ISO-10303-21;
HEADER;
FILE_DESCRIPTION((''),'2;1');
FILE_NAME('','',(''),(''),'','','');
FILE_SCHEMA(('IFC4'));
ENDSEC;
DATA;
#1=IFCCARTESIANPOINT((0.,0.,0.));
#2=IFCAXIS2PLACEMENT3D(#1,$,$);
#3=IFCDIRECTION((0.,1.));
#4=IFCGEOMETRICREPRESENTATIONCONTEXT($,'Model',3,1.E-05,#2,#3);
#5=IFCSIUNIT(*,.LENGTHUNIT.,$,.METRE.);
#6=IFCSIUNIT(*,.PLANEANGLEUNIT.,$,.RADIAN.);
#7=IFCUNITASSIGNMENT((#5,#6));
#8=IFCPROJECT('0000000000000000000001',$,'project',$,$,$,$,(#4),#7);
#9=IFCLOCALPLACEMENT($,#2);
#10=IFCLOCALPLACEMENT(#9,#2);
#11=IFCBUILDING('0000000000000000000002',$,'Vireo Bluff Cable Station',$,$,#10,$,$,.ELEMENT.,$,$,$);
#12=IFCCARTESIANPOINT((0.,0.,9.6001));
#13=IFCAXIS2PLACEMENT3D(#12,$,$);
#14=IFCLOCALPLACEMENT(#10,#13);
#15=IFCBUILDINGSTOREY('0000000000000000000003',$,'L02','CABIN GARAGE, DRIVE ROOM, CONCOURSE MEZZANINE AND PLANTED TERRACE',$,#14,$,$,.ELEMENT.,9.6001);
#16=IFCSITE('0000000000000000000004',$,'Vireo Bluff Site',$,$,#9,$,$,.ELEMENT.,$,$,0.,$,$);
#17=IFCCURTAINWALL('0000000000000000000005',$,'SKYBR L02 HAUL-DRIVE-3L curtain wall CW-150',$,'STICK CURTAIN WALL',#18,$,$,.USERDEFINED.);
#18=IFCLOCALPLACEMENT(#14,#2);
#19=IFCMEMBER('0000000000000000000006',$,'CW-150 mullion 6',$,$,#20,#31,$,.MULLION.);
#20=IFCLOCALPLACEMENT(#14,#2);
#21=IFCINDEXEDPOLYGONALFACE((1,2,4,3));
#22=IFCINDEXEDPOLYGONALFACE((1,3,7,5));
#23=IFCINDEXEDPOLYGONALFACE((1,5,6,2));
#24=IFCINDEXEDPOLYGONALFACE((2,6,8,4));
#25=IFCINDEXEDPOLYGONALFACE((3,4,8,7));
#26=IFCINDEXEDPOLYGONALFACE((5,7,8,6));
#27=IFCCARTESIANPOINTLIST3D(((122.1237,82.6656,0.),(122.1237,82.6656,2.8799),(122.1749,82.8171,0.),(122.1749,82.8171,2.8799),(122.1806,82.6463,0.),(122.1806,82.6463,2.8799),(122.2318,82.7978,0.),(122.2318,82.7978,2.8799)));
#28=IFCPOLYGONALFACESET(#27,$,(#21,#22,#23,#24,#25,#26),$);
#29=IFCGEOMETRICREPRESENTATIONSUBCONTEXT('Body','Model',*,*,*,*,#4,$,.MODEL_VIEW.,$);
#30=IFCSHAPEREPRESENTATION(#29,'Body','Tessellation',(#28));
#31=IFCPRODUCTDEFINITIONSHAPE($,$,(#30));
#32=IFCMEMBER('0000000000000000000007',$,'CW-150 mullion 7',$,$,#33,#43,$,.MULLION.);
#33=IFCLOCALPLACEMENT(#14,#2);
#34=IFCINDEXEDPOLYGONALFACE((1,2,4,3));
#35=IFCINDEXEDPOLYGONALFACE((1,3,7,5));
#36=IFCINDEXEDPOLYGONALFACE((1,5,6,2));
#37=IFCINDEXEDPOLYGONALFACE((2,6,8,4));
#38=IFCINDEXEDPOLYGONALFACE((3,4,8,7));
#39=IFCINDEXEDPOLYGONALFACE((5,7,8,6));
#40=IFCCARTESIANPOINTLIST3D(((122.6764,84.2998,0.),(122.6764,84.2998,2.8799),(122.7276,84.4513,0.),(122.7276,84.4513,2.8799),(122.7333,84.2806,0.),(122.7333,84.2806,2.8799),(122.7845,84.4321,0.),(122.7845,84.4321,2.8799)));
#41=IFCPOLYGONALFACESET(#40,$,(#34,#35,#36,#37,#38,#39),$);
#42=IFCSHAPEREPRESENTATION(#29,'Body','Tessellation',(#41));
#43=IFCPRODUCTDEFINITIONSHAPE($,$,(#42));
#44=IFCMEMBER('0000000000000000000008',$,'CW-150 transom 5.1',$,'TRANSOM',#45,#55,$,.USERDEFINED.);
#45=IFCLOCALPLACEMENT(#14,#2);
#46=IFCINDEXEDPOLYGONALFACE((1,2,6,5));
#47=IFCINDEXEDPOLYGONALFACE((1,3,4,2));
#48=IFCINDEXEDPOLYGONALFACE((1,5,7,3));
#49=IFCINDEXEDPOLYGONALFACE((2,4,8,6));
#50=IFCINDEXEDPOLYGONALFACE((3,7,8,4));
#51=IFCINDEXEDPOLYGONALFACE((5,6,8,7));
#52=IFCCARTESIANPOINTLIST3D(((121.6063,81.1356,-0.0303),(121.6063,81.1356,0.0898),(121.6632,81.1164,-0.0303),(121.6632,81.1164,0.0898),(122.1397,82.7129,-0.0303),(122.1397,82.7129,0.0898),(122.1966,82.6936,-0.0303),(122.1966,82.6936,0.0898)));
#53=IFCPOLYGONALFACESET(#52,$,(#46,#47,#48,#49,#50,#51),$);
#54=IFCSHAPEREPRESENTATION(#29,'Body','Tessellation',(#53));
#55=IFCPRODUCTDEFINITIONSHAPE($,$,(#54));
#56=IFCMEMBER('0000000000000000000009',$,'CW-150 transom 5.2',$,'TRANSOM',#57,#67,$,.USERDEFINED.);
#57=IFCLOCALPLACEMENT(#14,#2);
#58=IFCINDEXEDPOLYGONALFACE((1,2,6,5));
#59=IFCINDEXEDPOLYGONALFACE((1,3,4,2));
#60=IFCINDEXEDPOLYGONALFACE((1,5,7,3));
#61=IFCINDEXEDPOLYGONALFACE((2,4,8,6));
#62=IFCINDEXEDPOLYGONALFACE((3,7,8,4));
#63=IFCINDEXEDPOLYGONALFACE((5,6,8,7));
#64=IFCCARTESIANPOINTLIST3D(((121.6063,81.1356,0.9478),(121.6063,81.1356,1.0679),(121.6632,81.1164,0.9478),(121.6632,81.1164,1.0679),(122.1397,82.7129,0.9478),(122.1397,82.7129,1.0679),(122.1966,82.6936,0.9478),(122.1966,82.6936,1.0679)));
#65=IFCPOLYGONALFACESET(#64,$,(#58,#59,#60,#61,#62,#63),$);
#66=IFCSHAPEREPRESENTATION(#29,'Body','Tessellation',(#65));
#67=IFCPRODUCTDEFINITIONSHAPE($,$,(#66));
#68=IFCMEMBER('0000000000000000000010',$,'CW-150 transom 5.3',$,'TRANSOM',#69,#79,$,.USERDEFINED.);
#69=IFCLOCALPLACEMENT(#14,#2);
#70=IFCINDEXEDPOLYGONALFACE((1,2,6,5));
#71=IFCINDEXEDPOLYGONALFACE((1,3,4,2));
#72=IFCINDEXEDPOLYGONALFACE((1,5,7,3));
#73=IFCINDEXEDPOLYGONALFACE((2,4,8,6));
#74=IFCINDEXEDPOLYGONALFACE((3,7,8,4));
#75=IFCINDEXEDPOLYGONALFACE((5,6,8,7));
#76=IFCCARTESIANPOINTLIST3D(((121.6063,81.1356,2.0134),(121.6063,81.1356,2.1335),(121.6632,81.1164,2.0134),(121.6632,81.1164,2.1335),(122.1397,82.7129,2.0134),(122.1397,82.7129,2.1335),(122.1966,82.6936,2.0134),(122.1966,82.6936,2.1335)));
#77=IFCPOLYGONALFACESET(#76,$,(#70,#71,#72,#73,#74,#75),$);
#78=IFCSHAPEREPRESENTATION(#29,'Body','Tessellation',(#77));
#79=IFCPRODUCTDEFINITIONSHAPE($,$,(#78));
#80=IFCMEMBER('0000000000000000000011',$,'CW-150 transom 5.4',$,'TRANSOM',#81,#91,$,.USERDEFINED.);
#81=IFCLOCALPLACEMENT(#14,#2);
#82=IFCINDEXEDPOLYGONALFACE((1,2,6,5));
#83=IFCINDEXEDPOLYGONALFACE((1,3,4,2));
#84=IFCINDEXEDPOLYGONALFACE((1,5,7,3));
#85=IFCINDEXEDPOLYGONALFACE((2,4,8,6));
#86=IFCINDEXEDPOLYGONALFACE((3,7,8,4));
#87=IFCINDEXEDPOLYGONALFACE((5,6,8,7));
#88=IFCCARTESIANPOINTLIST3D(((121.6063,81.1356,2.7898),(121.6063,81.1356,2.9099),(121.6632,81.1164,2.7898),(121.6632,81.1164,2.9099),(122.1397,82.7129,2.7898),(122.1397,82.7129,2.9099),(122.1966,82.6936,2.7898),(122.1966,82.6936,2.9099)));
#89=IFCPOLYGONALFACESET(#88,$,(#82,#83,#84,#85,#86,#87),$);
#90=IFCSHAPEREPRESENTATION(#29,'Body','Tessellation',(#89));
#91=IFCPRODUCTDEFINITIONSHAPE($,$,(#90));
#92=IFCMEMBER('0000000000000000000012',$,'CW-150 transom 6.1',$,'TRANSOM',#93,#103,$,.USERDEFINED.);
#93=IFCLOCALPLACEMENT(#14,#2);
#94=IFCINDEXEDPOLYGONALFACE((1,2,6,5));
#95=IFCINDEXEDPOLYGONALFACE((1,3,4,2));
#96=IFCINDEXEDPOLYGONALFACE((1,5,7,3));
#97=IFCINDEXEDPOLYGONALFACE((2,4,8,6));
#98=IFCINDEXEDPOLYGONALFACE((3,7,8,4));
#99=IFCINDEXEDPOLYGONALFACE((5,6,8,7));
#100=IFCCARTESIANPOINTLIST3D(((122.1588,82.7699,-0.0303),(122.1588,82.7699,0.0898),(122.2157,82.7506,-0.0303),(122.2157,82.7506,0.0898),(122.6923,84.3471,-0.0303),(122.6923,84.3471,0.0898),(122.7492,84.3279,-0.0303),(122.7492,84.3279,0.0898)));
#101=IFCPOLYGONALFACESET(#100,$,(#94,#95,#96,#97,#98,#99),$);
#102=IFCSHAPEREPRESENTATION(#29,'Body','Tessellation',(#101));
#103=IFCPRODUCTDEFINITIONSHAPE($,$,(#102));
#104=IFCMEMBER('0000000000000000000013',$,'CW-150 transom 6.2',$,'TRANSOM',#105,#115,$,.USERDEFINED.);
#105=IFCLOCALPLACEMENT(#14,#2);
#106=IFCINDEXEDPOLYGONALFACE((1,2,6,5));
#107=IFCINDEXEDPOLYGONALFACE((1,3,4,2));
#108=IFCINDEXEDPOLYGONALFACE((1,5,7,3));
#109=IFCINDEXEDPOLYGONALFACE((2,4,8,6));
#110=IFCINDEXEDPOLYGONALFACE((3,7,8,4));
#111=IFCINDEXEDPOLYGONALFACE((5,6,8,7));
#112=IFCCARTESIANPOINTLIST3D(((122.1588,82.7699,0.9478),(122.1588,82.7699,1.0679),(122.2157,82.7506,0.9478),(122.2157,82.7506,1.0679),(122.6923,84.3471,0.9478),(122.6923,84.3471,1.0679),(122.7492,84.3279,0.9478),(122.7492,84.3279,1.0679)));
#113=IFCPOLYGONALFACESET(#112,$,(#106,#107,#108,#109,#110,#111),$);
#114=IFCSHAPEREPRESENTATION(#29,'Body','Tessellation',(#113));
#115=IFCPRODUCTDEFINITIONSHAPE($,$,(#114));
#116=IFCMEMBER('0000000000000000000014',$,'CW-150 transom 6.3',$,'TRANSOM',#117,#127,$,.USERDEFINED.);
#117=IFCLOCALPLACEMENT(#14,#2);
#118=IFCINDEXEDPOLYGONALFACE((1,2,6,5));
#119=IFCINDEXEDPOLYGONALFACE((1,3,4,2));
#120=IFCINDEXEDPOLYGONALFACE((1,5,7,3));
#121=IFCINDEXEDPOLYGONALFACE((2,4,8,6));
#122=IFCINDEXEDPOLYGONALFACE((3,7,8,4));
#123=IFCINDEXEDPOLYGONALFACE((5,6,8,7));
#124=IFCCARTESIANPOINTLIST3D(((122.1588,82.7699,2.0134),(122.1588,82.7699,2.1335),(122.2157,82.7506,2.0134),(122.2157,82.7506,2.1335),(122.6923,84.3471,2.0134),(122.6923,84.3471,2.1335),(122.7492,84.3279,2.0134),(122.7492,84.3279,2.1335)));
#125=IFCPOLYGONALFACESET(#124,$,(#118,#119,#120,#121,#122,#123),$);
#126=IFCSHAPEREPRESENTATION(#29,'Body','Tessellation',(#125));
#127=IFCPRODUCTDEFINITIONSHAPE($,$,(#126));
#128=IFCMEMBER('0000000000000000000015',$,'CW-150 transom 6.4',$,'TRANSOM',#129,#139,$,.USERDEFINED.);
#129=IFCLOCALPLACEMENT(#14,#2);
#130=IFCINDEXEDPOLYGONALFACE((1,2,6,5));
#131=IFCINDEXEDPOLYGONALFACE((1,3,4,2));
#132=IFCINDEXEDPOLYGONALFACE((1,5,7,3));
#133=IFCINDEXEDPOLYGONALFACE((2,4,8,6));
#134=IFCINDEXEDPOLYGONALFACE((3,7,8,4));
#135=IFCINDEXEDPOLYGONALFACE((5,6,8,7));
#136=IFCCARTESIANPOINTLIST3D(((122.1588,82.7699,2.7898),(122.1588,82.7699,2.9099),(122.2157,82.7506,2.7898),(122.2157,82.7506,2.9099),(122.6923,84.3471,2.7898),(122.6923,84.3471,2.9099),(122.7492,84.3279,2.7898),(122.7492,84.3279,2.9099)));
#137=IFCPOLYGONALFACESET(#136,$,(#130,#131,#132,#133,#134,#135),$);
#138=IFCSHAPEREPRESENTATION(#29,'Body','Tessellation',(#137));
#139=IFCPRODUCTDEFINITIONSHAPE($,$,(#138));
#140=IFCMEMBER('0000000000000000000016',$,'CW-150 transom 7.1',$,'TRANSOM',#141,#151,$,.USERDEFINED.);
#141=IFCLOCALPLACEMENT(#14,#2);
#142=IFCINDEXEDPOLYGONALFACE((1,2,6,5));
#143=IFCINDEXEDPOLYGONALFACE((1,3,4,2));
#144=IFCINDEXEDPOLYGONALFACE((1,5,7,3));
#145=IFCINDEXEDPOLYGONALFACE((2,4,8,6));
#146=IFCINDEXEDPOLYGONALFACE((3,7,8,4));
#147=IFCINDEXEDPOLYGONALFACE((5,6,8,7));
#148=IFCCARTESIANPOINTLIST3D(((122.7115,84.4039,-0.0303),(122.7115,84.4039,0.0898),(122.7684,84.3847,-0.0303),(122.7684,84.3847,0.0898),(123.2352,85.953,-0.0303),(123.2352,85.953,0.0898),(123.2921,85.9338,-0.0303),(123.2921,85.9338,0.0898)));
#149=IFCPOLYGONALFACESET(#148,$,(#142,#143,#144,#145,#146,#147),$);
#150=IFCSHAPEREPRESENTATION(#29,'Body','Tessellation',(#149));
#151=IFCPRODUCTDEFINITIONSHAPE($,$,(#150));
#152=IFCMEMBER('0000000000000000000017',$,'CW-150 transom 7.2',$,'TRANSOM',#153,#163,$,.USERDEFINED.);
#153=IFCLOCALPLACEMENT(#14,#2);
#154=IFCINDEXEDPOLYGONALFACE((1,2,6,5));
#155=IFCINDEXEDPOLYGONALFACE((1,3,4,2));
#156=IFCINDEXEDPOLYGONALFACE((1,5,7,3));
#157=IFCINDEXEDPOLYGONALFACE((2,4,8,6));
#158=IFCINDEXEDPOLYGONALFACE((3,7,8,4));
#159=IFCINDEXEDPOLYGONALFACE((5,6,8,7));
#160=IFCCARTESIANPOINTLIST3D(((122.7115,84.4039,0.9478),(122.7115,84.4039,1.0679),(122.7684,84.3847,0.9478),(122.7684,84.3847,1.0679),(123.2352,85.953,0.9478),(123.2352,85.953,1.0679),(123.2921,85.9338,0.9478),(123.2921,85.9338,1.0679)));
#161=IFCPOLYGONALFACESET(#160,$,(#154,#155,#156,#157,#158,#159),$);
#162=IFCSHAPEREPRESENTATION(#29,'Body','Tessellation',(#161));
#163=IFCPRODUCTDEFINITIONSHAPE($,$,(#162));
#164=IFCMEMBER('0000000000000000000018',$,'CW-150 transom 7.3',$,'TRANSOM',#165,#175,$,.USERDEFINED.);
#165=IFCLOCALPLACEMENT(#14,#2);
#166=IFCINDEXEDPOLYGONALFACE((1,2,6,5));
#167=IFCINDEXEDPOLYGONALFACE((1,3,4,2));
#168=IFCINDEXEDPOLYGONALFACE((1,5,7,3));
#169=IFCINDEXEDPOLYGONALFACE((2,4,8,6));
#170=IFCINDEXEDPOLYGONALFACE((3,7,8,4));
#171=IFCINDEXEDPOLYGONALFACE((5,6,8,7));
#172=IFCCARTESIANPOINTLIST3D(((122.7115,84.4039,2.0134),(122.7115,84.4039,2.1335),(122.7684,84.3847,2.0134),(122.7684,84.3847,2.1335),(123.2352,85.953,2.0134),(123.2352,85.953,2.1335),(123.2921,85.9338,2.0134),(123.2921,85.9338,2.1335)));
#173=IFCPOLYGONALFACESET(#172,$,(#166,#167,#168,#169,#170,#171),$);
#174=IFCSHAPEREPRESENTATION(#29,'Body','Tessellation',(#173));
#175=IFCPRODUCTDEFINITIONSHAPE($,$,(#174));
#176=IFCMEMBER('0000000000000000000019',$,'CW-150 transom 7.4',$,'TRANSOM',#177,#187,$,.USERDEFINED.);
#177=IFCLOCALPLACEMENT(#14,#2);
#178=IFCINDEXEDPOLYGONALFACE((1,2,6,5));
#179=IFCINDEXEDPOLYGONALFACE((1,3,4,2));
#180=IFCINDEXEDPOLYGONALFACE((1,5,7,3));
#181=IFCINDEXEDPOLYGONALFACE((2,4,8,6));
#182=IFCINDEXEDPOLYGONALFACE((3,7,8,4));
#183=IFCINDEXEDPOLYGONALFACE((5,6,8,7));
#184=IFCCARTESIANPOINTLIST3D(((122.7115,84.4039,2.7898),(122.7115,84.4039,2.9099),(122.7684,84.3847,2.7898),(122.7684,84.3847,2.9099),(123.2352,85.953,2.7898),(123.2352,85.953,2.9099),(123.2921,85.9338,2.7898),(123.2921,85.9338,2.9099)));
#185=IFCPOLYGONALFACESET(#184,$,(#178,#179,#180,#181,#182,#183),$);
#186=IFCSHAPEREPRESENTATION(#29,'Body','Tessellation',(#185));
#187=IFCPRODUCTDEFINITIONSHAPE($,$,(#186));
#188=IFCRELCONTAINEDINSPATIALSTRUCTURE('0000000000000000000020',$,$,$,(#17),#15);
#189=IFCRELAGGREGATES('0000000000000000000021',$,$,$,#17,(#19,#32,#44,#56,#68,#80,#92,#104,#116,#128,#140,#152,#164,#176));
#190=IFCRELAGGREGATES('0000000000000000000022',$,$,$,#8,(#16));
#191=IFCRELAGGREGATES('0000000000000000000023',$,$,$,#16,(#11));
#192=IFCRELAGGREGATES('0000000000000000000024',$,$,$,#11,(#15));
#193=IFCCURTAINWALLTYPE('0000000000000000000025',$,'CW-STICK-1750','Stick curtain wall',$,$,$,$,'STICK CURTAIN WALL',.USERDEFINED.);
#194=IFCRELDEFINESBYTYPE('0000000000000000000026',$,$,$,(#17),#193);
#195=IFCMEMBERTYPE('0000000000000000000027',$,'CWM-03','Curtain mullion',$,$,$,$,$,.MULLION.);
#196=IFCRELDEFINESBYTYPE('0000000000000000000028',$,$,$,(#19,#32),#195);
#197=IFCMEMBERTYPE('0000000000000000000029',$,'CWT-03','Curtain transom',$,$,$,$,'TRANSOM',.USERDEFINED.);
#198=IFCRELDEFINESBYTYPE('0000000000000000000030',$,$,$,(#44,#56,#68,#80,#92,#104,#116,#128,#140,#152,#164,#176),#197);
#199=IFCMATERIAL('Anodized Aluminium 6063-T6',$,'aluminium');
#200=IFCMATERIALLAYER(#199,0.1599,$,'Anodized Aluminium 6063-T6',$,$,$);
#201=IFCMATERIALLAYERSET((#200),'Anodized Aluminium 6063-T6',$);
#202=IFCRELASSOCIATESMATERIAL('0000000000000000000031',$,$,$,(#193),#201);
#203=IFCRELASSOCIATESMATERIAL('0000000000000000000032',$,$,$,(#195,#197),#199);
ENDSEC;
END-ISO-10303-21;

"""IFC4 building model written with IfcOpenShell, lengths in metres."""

from ifc_helpers import new_model, si_unit, direction, frame, origin, origin_2d, place, context, subcontext, project, spatial, rectangle, extrude, material, layer, layer_set, material_profile, profile_set, type_object, element, aggregate, save


model = new_model("IFC4")

# Units and contexts
model_context = context("Model", 3, precision=1e-05, world=origin(), true_north=direction((0.0, 1.0)))
body_context = subcontext(model_context, "Body", "Model", "MODEL_VIEW")
ifc_project = project(units=[si_unit("LENGTHUNIT", "METRE"), si_unit("PLANEANGLEUNIT", "RADIAN")], contexts=[model_context])

# Site, building, storey
site_placement = place(None, origin())
site = spatial("IfcSite", under=ifc_project, at=site_placement, Name="Vireo Bluff Site", CompositionType="ELEMENT", RefElevation=0.0)
building_placement = place(site_placement, origin())
building = spatial("IfcBuilding", under=site, at=building_placement, Name="Vireo Bluff Cable Station", CompositionType="ELEMENT")
storey_placement = place(building_placement, frame((0.0, 0.0, 9.6001)))
storey = spatial("IfcBuildingStorey", under=building, at=storey_placement, Name="L02", Description="CABIN GARAGE, DRIVE ROOM, CONCOURSE MEZZANINE AND PLANTED TERRACE", CompositionType="ELEMENT", Elevation=9.6001)

# Curtain wall, members
ifc_material_1 = material(Name="Anodized Aluminium 6063-T6", Category="aluminium")
ifc_layer_1 = layer(ifc_material_1, 0.1599, Name="Anodized Aluminium 6063-T6")
ifc_layer_set_1 = layer_set([ifc_layer_1], Name="Anodized Aluminium 6063-T6")
curtain_wall_type_1 = type_object("IfcCurtainWallType", Name="CW-STICK-1750", Description="Stick curtain wall", ElementType="STICK CURTAIN WALL", PredefinedType="USERDEFINED", material=ifc_layer_set_1)
curtain_wall_1_placement = place(storey_placement, origin())
curtain_wall_1 = element("IfcCurtainWall", 1, at=curtain_wall_1_placement, inside=storey, type_object=curtain_wall_type_1, Name="SKYBR L02 HAUL-DRIVE-3L curtain wall CW-150", ObjectType="STICK CURTAIN WALL", PredefinedType="USERDEFINED")
ifc_material_profile_1 = material_profile(ifc_material_1, rectangle(XDim=0.0601, YDim=0.1599, at=origin_2d()), Name="ALU-M-60X160")
ifc_profile_set_1 = profile_set([ifc_material_profile_1], Name="Anodized Aluminium 6063-T6")
member_type_1 = type_object("IfcMemberType", Name="CWM-03", Description="Curtain mullion", PredefinedType="MULLION", material=ifc_profile_set_1)
member_1_placement = place(storey_placement, frame((122.1777, 82.7317, 0.0), z_axis=(0.0, 0.0, 1.0), x_axis=(-0.947298, 0.320354, 0.0)))
member_1 = element("IfcMember", 2, at=member_1_placement, type_object=member_type_1, Name="CW-150 mullion 6", PredefinedType="MULLION", context=body_context, shape_type="SweptSolid", body=[
    extrude(rectangle(XDim=0.0601, YDim=0.1599, at=origin_2d()), origin(), (0.0, 0.0, 1.0), 2.8799),
])
member_2_placement = place(storey_placement, frame((122.7305, 84.366, 0.0), z_axis=(0.0, 0.0, 1.0), x_axis=(-0.947298, 0.320354, 0.0)))
member_2 = element("IfcMember", 3, at=member_2_placement, type_object=member_type_1, Name="CW-150 mullion 7", PredefinedType="MULLION", context=body_context, shape_type="SweptSolid", body=[
    extrude(rectangle(XDim=0.0601, YDim=0.1599, at=origin_2d()), origin(), (0.0, 0.0, 1.0), 2.8799),
])
ifc_material_profile_2 = material_profile(ifc_material_1, rectangle(XDim=0.0601, YDim=0.1201, at=origin_2d()), Name="ALU-T-60X120")
ifc_profile_set_2 = profile_set([ifc_material_profile_2], Name="Anodized Aluminium 6063-T6")
member_type_2 = type_object("IfcMemberType", Name="CWT-03", Description="Curtain transom", ElementType="TRANSOM", PredefinedType="USERDEFINED", material=ifc_profile_set_2)
member_3_placement = place(storey_placement, frame((121.6348, 81.126, 0.0298), z_axis=(0.320359, 0.947296, 0.0), x_axis=(-0.947296, 0.320359, 0.0)))
member_3 = element("IfcMember", 4, at=member_3_placement, type_object=member_type_2, Name="CW-150 transom 5.1", ObjectType="TRANSOM", PredefinedType="USERDEFINED", context=body_context, shape_type="SweptSolid", body=[
    extrude(rectangle(XDim=0.0601, YDim=0.1201, at=origin_2d()), origin(), (0.0, 0.0, 1.0), 1.665),
])
member_4_placement = place(storey_placement, frame((121.6348, 81.126, 1.0078), z_axis=(0.320359, 0.947296, 0.0), x_axis=(-0.947296, 0.320359, 0.0)))
member_4 = element("IfcMember", 5, at=member_4_placement, type_object=member_type_2, Name="CW-150 transom 5.2", ObjectType="TRANSOM", PredefinedType="USERDEFINED", context=body_context, shape_type="SweptSolid", body=[
    extrude(rectangle(XDim=0.0601, YDim=0.1201, at=origin_2d()), origin(), (0.0, 0.0, 1.0), 1.665),
])
member_5_placement = place(storey_placement, frame((121.6348, 81.126, 2.0735), z_axis=(0.320359, 0.947296, 0.0), x_axis=(-0.947296, 0.320359, 0.0)))
member_5 = element("IfcMember", 6, at=member_5_placement, type_object=member_type_2, Name="CW-150 transom 5.3", ObjectType="TRANSOM", PredefinedType="USERDEFINED", context=body_context, shape_type="SweptSolid", body=[
    extrude(rectangle(XDim=0.0601, YDim=0.1201, at=origin_2d()), origin(), (0.0, 0.0, 1.0), 1.665),
])
member_6_placement = place(storey_placement, frame((121.6348, 81.126, 2.8499), z_axis=(0.320359, 0.947296, 0.0), x_axis=(-0.947296, 0.320359, 0.0)))
member_6 = element("IfcMember", 7, at=member_6_placement, type_object=member_type_2, Name="CW-150 transom 5.4", ObjectType="TRANSOM", PredefinedType="USERDEFINED", context=body_context, shape_type="SweptSolid", body=[
    extrude(rectangle(XDim=0.0601, YDim=0.1201, at=origin_2d()), origin(), (0.0, 0.0, 1.0), 1.665),
])
member_7_placement = place(storey_placement, frame((122.1873, 82.7603, 0.0298), z_axis=(0.320404, 0.947281, 0.0), x_axis=(-0.947281, 0.320404, 0.0)))
member_7 = element("IfcMember", 8, at=member_7_placement, type_object=member_type_2, Name="CW-150 transom 6.1", ObjectType="TRANSOM", PredefinedType="USERDEFINED", context=body_context, shape_type="SweptSolid", body=[
    extrude(rectangle(XDim=0.0601, YDim=0.1201, at=origin_2d()), origin(), (0.0, 0.0, 1.0), 1.665),
])
member_8_placement = place(storey_placement, frame((122.1873, 82.7603, 1.0078), z_axis=(0.320404, 0.947281, 0.0), x_axis=(-0.947281, 0.320404, 0.0)))
member_8 = element("IfcMember", 9, at=member_8_placement, type_object=member_type_2, Name="CW-150 transom 6.2", ObjectType="TRANSOM", PredefinedType="USERDEFINED", context=body_context, shape_type="SweptSolid", body=[
    extrude(rectangle(XDim=0.0601, YDim=0.1201, at=origin_2d()), origin(), (0.0, 0.0, 1.0), 1.665),
])
member_9_placement = place(storey_placement, frame((122.1873, 82.7603, 2.0735), z_axis=(0.320404, 0.947281, 0.0), x_axis=(-0.947281, 0.320404, 0.0)))
member_9 = element("IfcMember", 10, at=member_9_placement, type_object=member_type_2, Name="CW-150 transom 6.3", ObjectType="TRANSOM", PredefinedType="USERDEFINED", context=body_context, shape_type="SweptSolid", body=[
    extrude(rectangle(XDim=0.0601, YDim=0.1201, at=origin_2d()), origin(), (0.0, 0.0, 1.0), 1.665),
])
member_10_placement = place(storey_placement, frame((122.1873, 82.7603, 2.8499), z_axis=(0.320404, 0.947281, 0.0), x_axis=(-0.947281, 0.320404, 0.0)))
member_10 = element("IfcMember", 11, at=member_10_placement, type_object=member_type_2, Name="CW-150 transom 6.4", ObjectType="TRANSOM", PredefinedType="USERDEFINED", context=body_context, shape_type="SweptSolid", body=[
    extrude(rectangle(XDim=0.0601, YDim=0.1201, at=origin_2d()), origin(), (0.0, 0.0, 1.0), 1.665),
])
member_11_placement = place(storey_placement, frame((122.74, 84.3943, 0.0298), z_axis=(0.320256, 0.947331, 0.0), x_axis=(-0.947331, 0.320256, 0.0)))
member_11 = element("IfcMember", 12, at=member_11_placement, type_object=member_type_2, Name="CW-150 transom 7.1", ObjectType="TRANSOM", PredefinedType="USERDEFINED", context=body_context, shape_type="SweptSolid", body=[
    extrude(rectangle(XDim=0.0601, YDim=0.1201, at=origin_2d()), origin(), (0.0, 0.0, 1.0), 1.6353),
])
member_12_placement = place(storey_placement, frame((122.74, 84.3943, 1.0078), z_axis=(0.320256, 0.947331, 0.0), x_axis=(-0.947331, 0.320256, 0.0)))
member_12 = element("IfcMember", 13, at=member_12_placement, type_object=member_type_2, Name="CW-150 transom 7.2", ObjectType="TRANSOM", PredefinedType="USERDEFINED", context=body_context, shape_type="SweptSolid", body=[
    extrude(rectangle(XDim=0.0601, YDim=0.1201, at=origin_2d()), origin(), (0.0, 0.0, 1.0), 1.6353),
])
member_13_placement = place(storey_placement, frame((122.74, 84.3943, 2.0735), z_axis=(0.320256, 0.947331, 0.0), x_axis=(-0.947331, 0.320256, 0.0)))
member_13 = element("IfcMember", 14, at=member_13_placement, type_object=member_type_2, Name="CW-150 transom 7.3", ObjectType="TRANSOM", PredefinedType="USERDEFINED", context=body_context, shape_type="SweptSolid", body=[
    extrude(rectangle(XDim=0.0601, YDim=0.1201, at=origin_2d()), origin(), (0.0, 0.0, 1.0), 1.6353),
])
member_14_placement = place(storey_placement, frame((122.74, 84.3943, 2.8499), z_axis=(0.320256, 0.947331, 0.0), x_axis=(-0.947331, 0.320256, 0.0)))
member_14 = element("IfcMember", 15, at=member_14_placement, type_object=member_type_2, Name="CW-150 transom 7.4", ObjectType="TRANSOM", PredefinedType="USERDEFINED", context=body_context, shape_type="SweptSolid", body=[
    extrude(rectangle(XDim=0.0601, YDim=0.1201, at=origin_2d()), origin(), (0.0, 0.0, 1.0), 1.6353),
])
aggregate(curtain_wall_1, [member_1, member_2, member_3, member_4, member_5, member_6, member_7, member_8, member_9, member_10, member_11, member_12, member_13, member_14])

save(model, "model.ifc")
